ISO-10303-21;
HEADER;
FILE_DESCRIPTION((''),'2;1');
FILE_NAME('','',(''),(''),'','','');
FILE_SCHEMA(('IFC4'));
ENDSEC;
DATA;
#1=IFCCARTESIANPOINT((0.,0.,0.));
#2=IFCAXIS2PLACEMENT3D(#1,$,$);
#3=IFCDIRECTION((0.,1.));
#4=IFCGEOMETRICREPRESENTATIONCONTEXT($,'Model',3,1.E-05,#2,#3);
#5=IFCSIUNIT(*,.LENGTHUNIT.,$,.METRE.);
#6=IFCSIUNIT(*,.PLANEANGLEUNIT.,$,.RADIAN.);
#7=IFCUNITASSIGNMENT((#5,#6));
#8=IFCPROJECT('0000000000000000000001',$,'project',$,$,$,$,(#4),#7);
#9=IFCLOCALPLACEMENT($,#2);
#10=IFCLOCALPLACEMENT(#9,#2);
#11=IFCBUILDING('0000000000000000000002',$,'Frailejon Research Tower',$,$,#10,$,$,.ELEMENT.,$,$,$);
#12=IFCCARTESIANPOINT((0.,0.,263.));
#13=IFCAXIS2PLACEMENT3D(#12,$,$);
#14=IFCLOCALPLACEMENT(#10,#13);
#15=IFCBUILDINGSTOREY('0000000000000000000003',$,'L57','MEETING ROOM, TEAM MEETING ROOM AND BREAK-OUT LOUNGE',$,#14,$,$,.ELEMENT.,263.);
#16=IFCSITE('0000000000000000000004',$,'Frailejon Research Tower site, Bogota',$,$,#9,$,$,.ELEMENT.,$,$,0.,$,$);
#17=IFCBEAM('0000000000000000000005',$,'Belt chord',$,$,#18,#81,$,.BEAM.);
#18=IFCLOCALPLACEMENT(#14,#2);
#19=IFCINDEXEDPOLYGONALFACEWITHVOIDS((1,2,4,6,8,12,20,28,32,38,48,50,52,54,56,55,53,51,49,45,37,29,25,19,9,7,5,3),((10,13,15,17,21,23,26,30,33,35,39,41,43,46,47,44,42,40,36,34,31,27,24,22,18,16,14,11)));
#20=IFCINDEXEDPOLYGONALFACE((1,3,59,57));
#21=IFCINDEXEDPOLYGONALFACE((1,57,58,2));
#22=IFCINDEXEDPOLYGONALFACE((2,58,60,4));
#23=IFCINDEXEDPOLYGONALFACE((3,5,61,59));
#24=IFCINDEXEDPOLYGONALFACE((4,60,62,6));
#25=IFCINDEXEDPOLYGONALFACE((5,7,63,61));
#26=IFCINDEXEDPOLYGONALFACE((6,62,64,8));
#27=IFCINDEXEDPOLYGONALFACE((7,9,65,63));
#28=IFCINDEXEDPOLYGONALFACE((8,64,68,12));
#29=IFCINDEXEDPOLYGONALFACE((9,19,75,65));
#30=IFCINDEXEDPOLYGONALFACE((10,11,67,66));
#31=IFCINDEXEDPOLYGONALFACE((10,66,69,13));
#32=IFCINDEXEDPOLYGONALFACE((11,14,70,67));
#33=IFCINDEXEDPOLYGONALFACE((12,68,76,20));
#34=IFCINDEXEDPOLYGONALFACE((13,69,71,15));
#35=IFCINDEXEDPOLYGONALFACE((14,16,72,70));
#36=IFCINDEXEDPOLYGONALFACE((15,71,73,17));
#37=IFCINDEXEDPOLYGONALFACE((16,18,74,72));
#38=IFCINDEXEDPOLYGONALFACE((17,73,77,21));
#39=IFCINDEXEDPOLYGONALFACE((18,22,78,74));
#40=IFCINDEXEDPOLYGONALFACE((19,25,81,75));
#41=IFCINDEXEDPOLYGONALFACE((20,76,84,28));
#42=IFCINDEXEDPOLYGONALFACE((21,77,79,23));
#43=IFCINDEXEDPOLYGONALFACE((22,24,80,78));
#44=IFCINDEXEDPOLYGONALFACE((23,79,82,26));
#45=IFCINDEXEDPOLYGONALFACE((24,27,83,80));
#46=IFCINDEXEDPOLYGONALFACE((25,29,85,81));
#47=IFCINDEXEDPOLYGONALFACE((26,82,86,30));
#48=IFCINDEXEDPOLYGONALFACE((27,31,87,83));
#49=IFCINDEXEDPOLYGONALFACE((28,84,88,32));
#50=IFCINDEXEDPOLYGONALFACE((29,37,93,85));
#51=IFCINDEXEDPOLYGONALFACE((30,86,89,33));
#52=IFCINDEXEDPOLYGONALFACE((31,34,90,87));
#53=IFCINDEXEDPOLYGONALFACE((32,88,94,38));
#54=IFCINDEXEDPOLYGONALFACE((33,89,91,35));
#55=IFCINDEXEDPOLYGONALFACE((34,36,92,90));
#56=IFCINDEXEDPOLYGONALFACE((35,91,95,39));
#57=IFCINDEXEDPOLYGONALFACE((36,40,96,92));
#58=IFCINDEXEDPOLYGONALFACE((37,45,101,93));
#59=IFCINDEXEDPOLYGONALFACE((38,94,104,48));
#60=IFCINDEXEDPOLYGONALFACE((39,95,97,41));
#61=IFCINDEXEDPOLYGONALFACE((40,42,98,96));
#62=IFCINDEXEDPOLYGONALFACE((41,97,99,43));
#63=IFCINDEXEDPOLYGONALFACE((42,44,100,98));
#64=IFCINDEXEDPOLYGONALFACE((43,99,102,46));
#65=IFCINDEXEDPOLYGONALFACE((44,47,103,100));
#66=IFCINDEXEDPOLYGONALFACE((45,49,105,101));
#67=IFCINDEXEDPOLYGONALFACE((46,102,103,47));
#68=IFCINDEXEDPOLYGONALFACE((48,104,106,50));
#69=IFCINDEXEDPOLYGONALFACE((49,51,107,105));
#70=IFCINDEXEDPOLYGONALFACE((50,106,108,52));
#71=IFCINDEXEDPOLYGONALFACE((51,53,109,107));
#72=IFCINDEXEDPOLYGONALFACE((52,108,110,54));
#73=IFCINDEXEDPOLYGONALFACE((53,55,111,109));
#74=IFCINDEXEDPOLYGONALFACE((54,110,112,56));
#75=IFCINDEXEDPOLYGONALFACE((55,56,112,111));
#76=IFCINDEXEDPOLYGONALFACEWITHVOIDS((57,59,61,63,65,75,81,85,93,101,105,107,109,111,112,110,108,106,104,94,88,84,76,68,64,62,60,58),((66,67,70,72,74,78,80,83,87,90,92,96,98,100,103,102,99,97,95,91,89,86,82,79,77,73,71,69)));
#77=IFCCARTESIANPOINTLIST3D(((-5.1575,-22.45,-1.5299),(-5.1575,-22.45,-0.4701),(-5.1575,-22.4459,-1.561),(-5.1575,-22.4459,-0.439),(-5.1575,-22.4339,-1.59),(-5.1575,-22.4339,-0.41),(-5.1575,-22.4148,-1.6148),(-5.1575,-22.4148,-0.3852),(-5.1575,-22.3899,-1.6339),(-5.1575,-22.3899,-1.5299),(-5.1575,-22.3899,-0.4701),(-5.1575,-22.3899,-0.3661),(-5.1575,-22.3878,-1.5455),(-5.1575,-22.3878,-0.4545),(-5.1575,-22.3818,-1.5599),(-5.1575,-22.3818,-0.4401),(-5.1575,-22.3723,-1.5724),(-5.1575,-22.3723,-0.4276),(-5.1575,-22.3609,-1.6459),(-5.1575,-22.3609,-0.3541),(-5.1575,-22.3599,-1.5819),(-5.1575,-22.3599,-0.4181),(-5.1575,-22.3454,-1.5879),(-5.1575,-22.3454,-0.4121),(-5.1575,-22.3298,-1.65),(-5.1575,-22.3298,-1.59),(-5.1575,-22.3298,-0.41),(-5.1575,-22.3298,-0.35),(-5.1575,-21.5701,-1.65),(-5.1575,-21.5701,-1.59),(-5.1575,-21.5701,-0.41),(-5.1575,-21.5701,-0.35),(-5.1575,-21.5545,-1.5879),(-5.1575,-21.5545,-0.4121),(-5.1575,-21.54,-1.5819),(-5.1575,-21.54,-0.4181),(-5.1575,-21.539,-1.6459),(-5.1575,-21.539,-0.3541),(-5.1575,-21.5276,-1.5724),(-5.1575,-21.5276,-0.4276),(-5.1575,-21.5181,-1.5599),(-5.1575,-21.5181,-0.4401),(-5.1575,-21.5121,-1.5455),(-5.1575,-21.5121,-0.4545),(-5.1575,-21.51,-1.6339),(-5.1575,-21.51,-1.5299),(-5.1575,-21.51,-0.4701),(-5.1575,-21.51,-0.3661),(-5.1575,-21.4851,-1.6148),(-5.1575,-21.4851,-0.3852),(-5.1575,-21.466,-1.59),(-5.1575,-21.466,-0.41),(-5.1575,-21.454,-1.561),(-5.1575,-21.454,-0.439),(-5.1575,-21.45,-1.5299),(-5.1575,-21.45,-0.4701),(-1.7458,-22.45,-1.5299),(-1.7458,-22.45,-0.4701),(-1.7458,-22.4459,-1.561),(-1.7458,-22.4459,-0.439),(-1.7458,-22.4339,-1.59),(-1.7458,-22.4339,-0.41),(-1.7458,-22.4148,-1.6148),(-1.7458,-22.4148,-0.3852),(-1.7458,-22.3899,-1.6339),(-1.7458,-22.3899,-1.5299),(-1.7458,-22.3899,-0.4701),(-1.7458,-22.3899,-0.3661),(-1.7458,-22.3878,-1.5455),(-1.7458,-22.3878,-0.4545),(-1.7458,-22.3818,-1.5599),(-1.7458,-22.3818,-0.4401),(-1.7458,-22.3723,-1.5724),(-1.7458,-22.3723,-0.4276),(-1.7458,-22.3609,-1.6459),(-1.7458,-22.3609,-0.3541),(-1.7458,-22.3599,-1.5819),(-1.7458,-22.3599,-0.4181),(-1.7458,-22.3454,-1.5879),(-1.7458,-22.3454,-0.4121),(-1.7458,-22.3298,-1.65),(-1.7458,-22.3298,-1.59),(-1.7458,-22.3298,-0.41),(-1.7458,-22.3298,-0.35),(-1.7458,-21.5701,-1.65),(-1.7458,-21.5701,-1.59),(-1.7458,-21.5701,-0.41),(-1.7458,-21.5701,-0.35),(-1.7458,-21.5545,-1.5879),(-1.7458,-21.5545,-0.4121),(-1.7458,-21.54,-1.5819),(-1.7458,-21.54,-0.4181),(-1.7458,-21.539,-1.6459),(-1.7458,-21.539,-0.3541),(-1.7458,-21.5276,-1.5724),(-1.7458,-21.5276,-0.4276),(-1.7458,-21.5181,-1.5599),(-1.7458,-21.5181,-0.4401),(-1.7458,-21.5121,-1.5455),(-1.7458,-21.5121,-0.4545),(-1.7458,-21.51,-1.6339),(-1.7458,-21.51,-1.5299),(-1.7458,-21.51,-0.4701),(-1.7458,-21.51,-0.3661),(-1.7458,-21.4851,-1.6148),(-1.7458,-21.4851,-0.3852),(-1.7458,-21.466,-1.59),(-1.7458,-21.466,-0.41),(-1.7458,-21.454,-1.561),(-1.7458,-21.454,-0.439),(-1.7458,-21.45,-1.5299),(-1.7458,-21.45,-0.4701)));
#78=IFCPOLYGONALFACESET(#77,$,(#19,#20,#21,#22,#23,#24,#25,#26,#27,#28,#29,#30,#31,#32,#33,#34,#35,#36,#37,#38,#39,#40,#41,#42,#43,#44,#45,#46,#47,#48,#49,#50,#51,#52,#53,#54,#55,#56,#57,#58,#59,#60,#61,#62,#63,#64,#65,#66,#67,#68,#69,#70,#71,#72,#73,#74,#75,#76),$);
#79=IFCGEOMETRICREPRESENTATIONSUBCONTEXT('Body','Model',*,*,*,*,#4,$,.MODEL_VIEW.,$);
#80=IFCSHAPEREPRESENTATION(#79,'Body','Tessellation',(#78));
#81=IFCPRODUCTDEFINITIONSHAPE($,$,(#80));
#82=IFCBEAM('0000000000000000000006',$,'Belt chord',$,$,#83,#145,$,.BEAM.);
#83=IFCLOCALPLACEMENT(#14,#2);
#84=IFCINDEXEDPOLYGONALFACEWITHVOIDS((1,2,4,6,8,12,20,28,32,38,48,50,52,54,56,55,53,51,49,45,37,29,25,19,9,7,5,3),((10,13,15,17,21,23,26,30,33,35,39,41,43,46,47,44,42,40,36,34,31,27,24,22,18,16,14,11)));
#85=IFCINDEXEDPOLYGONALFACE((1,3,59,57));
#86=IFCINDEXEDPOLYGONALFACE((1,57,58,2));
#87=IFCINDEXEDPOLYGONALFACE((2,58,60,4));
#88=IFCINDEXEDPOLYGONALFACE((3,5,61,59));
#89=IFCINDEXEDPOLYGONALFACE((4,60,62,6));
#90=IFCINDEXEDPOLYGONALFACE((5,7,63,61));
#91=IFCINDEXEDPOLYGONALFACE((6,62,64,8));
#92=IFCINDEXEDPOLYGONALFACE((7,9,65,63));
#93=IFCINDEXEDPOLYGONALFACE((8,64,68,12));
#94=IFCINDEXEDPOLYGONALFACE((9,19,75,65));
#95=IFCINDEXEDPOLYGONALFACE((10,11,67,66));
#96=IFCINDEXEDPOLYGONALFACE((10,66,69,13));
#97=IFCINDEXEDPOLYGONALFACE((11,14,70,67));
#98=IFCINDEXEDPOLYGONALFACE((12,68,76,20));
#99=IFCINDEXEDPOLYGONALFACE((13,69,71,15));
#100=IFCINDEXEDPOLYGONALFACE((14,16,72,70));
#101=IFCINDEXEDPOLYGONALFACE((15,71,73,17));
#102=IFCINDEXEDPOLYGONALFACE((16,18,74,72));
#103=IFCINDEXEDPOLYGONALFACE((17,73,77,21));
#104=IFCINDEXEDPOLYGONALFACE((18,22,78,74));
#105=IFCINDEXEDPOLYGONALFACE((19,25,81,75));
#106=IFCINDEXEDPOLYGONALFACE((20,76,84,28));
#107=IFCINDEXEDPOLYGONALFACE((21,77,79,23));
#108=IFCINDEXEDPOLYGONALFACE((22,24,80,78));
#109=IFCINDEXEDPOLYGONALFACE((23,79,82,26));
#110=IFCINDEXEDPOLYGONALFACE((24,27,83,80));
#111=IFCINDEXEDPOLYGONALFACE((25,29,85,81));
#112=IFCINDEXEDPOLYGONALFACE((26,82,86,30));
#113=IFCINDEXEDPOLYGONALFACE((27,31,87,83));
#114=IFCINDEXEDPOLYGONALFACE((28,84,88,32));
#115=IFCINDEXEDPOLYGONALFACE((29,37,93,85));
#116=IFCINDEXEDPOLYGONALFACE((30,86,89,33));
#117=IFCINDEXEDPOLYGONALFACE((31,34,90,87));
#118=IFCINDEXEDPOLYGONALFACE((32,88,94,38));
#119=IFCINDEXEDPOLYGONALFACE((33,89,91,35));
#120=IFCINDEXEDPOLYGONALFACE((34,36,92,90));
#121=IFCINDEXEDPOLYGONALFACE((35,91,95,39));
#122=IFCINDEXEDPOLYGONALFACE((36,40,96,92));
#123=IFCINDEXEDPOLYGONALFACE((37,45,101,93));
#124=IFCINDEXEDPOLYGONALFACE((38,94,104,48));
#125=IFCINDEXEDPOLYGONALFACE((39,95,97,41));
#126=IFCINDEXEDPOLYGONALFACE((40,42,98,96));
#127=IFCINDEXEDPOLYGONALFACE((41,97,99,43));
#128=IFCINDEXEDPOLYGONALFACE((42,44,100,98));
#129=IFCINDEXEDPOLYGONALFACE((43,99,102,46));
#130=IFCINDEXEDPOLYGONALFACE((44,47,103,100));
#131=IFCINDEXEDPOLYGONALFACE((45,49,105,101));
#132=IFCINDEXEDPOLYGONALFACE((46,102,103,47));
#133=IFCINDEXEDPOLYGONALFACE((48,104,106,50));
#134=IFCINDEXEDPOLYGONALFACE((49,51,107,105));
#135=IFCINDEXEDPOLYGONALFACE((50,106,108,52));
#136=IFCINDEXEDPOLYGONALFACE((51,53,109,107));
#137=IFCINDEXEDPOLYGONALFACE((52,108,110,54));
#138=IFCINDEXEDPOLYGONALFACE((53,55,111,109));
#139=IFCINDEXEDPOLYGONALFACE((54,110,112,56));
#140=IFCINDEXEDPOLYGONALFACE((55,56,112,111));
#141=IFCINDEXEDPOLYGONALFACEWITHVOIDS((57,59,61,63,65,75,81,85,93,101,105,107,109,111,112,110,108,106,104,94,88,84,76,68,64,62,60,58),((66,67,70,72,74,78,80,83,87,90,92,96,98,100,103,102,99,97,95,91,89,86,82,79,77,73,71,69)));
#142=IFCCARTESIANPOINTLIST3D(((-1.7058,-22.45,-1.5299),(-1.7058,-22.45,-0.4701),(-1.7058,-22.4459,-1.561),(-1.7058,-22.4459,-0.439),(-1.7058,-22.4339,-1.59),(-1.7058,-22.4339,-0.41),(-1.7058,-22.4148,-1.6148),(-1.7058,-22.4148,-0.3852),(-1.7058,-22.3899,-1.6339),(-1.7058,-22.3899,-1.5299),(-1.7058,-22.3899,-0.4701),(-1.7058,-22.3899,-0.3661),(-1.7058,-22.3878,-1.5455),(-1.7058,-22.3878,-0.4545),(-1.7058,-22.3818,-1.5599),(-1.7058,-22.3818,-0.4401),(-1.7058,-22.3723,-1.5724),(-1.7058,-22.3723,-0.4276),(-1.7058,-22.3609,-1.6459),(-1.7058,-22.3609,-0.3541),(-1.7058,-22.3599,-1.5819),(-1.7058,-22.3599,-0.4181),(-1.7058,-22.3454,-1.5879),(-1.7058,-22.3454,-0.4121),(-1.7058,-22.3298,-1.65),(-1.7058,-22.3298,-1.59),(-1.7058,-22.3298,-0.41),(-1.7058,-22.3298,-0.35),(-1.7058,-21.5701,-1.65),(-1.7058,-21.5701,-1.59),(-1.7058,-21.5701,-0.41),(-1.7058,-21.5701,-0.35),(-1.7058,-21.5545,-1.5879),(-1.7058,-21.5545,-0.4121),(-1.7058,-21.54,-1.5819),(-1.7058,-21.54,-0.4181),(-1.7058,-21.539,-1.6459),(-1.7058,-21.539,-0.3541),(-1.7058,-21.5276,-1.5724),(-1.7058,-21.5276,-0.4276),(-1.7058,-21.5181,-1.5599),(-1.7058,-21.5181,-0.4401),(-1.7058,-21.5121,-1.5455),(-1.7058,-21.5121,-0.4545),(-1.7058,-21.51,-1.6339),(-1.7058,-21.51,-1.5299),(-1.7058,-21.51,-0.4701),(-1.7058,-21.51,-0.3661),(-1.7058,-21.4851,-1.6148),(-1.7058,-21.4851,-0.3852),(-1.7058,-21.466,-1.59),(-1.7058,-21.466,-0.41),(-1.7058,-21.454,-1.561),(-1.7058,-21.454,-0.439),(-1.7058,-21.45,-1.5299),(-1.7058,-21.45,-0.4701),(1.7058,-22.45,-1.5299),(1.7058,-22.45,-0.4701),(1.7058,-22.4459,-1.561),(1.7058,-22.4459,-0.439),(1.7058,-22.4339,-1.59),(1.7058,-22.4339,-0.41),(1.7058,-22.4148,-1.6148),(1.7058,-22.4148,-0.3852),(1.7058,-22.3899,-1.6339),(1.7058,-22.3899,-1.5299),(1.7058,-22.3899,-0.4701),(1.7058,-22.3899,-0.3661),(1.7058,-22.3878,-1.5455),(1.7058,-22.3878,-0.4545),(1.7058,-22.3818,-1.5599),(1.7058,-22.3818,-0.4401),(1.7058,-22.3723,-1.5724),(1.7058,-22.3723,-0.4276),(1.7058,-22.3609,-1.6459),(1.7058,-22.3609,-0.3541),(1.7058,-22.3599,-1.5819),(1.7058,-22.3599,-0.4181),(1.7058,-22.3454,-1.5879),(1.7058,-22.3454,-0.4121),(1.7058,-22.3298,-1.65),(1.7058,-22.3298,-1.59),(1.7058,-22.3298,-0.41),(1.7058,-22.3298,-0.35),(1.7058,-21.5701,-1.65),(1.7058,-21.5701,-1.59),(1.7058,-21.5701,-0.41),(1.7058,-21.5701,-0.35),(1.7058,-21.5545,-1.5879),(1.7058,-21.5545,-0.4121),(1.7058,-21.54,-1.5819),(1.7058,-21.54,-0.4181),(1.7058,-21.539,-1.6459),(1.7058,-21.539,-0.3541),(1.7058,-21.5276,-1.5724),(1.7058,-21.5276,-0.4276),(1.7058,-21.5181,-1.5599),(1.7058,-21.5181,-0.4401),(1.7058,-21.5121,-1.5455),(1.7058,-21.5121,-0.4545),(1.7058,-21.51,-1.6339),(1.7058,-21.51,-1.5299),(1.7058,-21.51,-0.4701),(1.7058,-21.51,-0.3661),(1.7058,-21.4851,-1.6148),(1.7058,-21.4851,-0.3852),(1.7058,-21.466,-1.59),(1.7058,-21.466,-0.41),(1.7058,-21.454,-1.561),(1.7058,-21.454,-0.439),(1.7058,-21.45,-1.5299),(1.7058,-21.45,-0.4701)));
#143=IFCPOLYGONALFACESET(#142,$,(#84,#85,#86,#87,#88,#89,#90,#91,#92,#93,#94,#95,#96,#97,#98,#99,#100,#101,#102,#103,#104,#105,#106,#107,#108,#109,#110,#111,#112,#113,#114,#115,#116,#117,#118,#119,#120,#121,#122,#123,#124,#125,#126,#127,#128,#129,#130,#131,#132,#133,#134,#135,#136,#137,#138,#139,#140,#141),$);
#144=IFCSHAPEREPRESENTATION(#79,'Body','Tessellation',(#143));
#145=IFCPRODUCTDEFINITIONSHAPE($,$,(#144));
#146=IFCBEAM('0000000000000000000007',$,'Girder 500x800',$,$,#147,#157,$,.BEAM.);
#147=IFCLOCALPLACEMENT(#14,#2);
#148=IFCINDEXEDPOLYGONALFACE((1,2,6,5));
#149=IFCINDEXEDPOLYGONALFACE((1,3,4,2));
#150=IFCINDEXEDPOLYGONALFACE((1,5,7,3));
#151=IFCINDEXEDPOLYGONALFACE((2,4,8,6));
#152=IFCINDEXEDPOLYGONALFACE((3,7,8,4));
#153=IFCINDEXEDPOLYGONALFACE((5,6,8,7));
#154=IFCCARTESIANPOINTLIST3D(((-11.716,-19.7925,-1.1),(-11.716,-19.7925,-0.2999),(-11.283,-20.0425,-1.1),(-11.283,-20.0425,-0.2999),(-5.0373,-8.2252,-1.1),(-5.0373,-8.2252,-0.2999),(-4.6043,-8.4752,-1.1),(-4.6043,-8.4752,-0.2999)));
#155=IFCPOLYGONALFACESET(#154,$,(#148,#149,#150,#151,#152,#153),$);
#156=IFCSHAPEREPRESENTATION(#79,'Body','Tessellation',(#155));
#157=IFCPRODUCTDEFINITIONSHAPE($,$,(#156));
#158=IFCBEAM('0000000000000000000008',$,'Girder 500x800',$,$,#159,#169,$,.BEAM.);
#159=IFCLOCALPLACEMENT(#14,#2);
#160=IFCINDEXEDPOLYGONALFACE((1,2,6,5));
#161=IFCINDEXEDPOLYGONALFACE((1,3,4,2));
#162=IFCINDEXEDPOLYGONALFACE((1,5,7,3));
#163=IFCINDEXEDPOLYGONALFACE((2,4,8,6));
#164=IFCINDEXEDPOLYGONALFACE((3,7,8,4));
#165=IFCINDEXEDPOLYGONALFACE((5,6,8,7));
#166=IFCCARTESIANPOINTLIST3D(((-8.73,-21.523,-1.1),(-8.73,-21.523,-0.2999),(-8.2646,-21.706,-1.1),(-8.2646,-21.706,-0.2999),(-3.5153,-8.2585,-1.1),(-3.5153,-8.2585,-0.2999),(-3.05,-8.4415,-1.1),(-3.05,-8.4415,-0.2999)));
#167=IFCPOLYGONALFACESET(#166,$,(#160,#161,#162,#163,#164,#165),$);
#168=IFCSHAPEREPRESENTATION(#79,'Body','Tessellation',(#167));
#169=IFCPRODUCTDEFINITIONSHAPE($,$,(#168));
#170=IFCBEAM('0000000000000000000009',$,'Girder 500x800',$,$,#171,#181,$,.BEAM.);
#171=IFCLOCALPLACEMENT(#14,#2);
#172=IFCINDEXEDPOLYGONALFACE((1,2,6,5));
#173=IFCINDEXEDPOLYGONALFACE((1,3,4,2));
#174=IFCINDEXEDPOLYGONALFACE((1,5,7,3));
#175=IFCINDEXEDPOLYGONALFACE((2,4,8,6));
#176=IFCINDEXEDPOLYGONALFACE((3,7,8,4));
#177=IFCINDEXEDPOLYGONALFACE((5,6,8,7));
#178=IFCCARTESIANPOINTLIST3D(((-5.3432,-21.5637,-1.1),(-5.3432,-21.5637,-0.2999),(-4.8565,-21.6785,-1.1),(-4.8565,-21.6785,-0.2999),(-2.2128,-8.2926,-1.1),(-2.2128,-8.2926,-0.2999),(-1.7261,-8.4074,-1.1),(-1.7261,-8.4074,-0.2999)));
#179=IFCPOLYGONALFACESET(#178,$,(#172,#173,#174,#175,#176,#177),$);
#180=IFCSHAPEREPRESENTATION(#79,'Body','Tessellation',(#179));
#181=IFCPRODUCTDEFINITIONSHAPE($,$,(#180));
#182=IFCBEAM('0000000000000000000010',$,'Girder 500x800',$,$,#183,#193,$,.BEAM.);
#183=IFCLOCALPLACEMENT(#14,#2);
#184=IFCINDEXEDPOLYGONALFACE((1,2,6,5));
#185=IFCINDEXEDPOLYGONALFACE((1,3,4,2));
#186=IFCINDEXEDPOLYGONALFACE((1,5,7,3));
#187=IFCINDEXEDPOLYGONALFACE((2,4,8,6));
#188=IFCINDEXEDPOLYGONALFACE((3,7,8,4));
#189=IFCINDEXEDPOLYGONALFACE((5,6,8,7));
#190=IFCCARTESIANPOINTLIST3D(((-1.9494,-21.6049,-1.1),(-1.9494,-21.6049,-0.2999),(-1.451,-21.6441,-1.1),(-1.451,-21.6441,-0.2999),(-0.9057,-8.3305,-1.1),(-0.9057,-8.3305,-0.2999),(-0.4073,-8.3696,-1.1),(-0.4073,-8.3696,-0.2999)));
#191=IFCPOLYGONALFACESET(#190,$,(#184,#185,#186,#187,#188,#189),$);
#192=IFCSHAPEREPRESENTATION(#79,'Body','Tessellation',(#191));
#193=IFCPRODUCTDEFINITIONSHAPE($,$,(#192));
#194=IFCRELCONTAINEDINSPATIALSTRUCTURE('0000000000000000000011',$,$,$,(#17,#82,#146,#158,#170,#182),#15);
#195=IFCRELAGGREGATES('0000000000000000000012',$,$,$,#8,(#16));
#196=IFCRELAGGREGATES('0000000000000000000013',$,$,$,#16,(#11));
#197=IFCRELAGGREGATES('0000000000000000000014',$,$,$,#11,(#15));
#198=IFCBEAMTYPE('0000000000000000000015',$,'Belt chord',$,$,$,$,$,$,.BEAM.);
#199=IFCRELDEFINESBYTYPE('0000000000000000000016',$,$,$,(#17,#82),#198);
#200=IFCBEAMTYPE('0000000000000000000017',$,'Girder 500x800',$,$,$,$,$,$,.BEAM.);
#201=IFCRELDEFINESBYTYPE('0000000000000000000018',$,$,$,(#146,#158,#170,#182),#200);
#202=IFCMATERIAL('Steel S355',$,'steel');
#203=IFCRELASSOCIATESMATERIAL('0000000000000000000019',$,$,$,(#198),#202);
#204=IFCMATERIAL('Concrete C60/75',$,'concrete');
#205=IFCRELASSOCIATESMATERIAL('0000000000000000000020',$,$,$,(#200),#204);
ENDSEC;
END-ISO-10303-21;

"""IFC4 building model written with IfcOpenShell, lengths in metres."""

from ifc_helpers import new_model, si_unit, direction, frame, origin, origin_2d, place, context, subcontext, project, spatial, rectangle, hollow_rectangle, extrude, material, material_profile, profile_set, type_object, element, save


model = new_model("IFC4")

# Units and contexts
model_context = context("Model", 3, precision=1e-05, world=origin(), true_north=direction((0.0, 1.0)))
body_context = subcontext(model_context, "Body", "Model", "MODEL_VIEW")
ifc_project = project(units=[si_unit("LENGTHUNIT", "METRE"), si_unit("PLANEANGLEUNIT", "RADIAN")], contexts=[model_context])

# Site, building, storey
site_placement = place(None, origin())
site = spatial("IfcSite", under=ifc_project, at=site_placement, Name="Frailejon Research Tower site, Bogota", CompositionType="ELEMENT", RefElevation=0.0)
building_placement = place(site_placement, origin())
building = spatial("IfcBuilding", under=site, at=building_placement, Name="Frailejon Research Tower", CompositionType="ELEMENT")
storey_placement = place(building_placement, frame((0.0, 0.0, 263.0)))
storey = spatial("IfcBuildingStorey", under=building, at=storey_placement, Name="L57", Description="MEETING ROOM, TEAM MEETING ROOM AND BREAK-OUT LOUNGE", CompositionType="ELEMENT", Elevation=263.0)

# Beams
ifc_material_1 = material(Name="Steel S355", Category="steel")
ifc_material_profile_1 = material_profile(ifc_material_1, hollow_rectangle(XDim=1.0, YDim=1.3, WallThickness=0.0601, InnerFilletRadius=0.0601, OuterFilletRadius=0.1201, at=origin_2d()), Name="Belt chord")
ifc_profile_set_1 = profile_set([ifc_material_profile_1], Name="Steel S355")
beam_type_1 = type_object("IfcBeamType", Name="Belt chord", PredefinedType="BEAM", material=ifc_profile_set_1)
for number, where, z_axis, x_axis, name in (
    (1, (-5.1575, -21.95, -1.0), (1.0, 0.0, 0.0), (0.0, 1.0, 0.0), "Belt chord"),
    (2, (-1.7058, -21.95, -1.0), (1.0, 0.0, 0.0), (0.0, 1.0, 0.0), "Belt chord"),
):
    element("IfcBeam", number, at=place(storey_placement, frame(where, z_axis=z_axis, x_axis=x_axis)), inside=storey, type_object=beam_type_1, Name=name, PredefinedType="BEAM", context=body_context, shape_type="SweptSolid", body=[
        extrude(hollow_rectangle(XDim=1.0, YDim=1.3, WallThickness=0.0601, InnerFilletRadius=0.0601, OuterFilletRadius=0.1201, at=origin_2d()), origin(), (0.0, 0.0, 1.0), 3.4116),
    ])
ifc_material_2 = material(Name="Concrete C60/75", Category="concrete")
ifc_material_profile_2 = material_profile(ifc_material_2, rectangle(XDim=0.5, YDim=0.8, at=origin_2d()), Name="Girder 500x800")
ifc_profile_set_2 = profile_set([ifc_material_profile_2], Name="Concrete C60/75")
beam_type_2 = type_object("IfcBeamType", Name="Girder 500x800", PredefinedType="BEAM", material=ifc_profile_set_2)
beam_1_placement = place(storey_placement, frame((-11.4995, -19.9175, -0.7), z_axis=(0.500016, 0.866016, 0.0), x_axis=(-0.866016, 0.500016, 0.0)))
element("IfcBeam", 3, at=beam_1_placement, inside=storey, type_object=beam_type_2, Name="Girder 500x800", PredefinedType="BEAM", context=body_context, shape_type="SweptSolid", body=[
    extrude(rectangle(XDim=0.5, YDim=0.8, at=origin_2d()), origin(), (0.0, 0.0, 1.0), 13.3569),
])
beam_2_placement = place(storey_placement, frame((-8.4973, -21.6145, -0.7), z_axis=(0.36587, 0.930666, 0.0), x_axis=(-0.930666, 0.36587, 0.0)))
element("IfcBeam", 4, at=beam_2_placement, inside=storey, type_object=beam_type_2, Name="Girder 500x800", PredefinedType="BEAM", context=body_context, shape_type="SweptSolid", body=[
    extrude(rectangle(XDim=0.5, YDim=0.8, at=origin_2d()), origin(), (0.0, 0.0, 1.0), 14.2527),
])
beam_3_placement = place(storey_placement, frame((-5.0999, -21.6211, -0.7), z_axis=(0.22958, 0.97329, 0.0), x_axis=(-0.97329, 0.22958, 0.0)))
element("IfcBeam", 5, at=beam_3_placement, inside=storey, type_object=beam_type_2, Name="Girder 500x800", PredefinedType="BEAM", context=body_context, shape_type="SweptSolid", body=[
    extrude(rectangle(XDim=0.5, YDim=0.8, at=origin_2d()), origin(), (0.0, 0.0, 1.0), 13.6353),
])
beam_4_placement = place(storey_placement, frame((-1.7002, -21.6245, -0.7), z_axis=(0.078383, 0.996923, 0.0), x_axis=(-0.996923, 0.078383, 0.0)))
element("IfcBeam", 6, at=beam_4_placement, inside=storey, type_object=beam_type_2, Name="Girder 500x800", PredefinedType="BEAM", context=body_context, shape_type="SweptSolid", body=[
    extrude(rectangle(XDim=0.5, YDim=0.8, at=origin_2d()), origin(), (0.0, 0.0, 1.0), 13.3154),
])

save(model, "model.ifc")
